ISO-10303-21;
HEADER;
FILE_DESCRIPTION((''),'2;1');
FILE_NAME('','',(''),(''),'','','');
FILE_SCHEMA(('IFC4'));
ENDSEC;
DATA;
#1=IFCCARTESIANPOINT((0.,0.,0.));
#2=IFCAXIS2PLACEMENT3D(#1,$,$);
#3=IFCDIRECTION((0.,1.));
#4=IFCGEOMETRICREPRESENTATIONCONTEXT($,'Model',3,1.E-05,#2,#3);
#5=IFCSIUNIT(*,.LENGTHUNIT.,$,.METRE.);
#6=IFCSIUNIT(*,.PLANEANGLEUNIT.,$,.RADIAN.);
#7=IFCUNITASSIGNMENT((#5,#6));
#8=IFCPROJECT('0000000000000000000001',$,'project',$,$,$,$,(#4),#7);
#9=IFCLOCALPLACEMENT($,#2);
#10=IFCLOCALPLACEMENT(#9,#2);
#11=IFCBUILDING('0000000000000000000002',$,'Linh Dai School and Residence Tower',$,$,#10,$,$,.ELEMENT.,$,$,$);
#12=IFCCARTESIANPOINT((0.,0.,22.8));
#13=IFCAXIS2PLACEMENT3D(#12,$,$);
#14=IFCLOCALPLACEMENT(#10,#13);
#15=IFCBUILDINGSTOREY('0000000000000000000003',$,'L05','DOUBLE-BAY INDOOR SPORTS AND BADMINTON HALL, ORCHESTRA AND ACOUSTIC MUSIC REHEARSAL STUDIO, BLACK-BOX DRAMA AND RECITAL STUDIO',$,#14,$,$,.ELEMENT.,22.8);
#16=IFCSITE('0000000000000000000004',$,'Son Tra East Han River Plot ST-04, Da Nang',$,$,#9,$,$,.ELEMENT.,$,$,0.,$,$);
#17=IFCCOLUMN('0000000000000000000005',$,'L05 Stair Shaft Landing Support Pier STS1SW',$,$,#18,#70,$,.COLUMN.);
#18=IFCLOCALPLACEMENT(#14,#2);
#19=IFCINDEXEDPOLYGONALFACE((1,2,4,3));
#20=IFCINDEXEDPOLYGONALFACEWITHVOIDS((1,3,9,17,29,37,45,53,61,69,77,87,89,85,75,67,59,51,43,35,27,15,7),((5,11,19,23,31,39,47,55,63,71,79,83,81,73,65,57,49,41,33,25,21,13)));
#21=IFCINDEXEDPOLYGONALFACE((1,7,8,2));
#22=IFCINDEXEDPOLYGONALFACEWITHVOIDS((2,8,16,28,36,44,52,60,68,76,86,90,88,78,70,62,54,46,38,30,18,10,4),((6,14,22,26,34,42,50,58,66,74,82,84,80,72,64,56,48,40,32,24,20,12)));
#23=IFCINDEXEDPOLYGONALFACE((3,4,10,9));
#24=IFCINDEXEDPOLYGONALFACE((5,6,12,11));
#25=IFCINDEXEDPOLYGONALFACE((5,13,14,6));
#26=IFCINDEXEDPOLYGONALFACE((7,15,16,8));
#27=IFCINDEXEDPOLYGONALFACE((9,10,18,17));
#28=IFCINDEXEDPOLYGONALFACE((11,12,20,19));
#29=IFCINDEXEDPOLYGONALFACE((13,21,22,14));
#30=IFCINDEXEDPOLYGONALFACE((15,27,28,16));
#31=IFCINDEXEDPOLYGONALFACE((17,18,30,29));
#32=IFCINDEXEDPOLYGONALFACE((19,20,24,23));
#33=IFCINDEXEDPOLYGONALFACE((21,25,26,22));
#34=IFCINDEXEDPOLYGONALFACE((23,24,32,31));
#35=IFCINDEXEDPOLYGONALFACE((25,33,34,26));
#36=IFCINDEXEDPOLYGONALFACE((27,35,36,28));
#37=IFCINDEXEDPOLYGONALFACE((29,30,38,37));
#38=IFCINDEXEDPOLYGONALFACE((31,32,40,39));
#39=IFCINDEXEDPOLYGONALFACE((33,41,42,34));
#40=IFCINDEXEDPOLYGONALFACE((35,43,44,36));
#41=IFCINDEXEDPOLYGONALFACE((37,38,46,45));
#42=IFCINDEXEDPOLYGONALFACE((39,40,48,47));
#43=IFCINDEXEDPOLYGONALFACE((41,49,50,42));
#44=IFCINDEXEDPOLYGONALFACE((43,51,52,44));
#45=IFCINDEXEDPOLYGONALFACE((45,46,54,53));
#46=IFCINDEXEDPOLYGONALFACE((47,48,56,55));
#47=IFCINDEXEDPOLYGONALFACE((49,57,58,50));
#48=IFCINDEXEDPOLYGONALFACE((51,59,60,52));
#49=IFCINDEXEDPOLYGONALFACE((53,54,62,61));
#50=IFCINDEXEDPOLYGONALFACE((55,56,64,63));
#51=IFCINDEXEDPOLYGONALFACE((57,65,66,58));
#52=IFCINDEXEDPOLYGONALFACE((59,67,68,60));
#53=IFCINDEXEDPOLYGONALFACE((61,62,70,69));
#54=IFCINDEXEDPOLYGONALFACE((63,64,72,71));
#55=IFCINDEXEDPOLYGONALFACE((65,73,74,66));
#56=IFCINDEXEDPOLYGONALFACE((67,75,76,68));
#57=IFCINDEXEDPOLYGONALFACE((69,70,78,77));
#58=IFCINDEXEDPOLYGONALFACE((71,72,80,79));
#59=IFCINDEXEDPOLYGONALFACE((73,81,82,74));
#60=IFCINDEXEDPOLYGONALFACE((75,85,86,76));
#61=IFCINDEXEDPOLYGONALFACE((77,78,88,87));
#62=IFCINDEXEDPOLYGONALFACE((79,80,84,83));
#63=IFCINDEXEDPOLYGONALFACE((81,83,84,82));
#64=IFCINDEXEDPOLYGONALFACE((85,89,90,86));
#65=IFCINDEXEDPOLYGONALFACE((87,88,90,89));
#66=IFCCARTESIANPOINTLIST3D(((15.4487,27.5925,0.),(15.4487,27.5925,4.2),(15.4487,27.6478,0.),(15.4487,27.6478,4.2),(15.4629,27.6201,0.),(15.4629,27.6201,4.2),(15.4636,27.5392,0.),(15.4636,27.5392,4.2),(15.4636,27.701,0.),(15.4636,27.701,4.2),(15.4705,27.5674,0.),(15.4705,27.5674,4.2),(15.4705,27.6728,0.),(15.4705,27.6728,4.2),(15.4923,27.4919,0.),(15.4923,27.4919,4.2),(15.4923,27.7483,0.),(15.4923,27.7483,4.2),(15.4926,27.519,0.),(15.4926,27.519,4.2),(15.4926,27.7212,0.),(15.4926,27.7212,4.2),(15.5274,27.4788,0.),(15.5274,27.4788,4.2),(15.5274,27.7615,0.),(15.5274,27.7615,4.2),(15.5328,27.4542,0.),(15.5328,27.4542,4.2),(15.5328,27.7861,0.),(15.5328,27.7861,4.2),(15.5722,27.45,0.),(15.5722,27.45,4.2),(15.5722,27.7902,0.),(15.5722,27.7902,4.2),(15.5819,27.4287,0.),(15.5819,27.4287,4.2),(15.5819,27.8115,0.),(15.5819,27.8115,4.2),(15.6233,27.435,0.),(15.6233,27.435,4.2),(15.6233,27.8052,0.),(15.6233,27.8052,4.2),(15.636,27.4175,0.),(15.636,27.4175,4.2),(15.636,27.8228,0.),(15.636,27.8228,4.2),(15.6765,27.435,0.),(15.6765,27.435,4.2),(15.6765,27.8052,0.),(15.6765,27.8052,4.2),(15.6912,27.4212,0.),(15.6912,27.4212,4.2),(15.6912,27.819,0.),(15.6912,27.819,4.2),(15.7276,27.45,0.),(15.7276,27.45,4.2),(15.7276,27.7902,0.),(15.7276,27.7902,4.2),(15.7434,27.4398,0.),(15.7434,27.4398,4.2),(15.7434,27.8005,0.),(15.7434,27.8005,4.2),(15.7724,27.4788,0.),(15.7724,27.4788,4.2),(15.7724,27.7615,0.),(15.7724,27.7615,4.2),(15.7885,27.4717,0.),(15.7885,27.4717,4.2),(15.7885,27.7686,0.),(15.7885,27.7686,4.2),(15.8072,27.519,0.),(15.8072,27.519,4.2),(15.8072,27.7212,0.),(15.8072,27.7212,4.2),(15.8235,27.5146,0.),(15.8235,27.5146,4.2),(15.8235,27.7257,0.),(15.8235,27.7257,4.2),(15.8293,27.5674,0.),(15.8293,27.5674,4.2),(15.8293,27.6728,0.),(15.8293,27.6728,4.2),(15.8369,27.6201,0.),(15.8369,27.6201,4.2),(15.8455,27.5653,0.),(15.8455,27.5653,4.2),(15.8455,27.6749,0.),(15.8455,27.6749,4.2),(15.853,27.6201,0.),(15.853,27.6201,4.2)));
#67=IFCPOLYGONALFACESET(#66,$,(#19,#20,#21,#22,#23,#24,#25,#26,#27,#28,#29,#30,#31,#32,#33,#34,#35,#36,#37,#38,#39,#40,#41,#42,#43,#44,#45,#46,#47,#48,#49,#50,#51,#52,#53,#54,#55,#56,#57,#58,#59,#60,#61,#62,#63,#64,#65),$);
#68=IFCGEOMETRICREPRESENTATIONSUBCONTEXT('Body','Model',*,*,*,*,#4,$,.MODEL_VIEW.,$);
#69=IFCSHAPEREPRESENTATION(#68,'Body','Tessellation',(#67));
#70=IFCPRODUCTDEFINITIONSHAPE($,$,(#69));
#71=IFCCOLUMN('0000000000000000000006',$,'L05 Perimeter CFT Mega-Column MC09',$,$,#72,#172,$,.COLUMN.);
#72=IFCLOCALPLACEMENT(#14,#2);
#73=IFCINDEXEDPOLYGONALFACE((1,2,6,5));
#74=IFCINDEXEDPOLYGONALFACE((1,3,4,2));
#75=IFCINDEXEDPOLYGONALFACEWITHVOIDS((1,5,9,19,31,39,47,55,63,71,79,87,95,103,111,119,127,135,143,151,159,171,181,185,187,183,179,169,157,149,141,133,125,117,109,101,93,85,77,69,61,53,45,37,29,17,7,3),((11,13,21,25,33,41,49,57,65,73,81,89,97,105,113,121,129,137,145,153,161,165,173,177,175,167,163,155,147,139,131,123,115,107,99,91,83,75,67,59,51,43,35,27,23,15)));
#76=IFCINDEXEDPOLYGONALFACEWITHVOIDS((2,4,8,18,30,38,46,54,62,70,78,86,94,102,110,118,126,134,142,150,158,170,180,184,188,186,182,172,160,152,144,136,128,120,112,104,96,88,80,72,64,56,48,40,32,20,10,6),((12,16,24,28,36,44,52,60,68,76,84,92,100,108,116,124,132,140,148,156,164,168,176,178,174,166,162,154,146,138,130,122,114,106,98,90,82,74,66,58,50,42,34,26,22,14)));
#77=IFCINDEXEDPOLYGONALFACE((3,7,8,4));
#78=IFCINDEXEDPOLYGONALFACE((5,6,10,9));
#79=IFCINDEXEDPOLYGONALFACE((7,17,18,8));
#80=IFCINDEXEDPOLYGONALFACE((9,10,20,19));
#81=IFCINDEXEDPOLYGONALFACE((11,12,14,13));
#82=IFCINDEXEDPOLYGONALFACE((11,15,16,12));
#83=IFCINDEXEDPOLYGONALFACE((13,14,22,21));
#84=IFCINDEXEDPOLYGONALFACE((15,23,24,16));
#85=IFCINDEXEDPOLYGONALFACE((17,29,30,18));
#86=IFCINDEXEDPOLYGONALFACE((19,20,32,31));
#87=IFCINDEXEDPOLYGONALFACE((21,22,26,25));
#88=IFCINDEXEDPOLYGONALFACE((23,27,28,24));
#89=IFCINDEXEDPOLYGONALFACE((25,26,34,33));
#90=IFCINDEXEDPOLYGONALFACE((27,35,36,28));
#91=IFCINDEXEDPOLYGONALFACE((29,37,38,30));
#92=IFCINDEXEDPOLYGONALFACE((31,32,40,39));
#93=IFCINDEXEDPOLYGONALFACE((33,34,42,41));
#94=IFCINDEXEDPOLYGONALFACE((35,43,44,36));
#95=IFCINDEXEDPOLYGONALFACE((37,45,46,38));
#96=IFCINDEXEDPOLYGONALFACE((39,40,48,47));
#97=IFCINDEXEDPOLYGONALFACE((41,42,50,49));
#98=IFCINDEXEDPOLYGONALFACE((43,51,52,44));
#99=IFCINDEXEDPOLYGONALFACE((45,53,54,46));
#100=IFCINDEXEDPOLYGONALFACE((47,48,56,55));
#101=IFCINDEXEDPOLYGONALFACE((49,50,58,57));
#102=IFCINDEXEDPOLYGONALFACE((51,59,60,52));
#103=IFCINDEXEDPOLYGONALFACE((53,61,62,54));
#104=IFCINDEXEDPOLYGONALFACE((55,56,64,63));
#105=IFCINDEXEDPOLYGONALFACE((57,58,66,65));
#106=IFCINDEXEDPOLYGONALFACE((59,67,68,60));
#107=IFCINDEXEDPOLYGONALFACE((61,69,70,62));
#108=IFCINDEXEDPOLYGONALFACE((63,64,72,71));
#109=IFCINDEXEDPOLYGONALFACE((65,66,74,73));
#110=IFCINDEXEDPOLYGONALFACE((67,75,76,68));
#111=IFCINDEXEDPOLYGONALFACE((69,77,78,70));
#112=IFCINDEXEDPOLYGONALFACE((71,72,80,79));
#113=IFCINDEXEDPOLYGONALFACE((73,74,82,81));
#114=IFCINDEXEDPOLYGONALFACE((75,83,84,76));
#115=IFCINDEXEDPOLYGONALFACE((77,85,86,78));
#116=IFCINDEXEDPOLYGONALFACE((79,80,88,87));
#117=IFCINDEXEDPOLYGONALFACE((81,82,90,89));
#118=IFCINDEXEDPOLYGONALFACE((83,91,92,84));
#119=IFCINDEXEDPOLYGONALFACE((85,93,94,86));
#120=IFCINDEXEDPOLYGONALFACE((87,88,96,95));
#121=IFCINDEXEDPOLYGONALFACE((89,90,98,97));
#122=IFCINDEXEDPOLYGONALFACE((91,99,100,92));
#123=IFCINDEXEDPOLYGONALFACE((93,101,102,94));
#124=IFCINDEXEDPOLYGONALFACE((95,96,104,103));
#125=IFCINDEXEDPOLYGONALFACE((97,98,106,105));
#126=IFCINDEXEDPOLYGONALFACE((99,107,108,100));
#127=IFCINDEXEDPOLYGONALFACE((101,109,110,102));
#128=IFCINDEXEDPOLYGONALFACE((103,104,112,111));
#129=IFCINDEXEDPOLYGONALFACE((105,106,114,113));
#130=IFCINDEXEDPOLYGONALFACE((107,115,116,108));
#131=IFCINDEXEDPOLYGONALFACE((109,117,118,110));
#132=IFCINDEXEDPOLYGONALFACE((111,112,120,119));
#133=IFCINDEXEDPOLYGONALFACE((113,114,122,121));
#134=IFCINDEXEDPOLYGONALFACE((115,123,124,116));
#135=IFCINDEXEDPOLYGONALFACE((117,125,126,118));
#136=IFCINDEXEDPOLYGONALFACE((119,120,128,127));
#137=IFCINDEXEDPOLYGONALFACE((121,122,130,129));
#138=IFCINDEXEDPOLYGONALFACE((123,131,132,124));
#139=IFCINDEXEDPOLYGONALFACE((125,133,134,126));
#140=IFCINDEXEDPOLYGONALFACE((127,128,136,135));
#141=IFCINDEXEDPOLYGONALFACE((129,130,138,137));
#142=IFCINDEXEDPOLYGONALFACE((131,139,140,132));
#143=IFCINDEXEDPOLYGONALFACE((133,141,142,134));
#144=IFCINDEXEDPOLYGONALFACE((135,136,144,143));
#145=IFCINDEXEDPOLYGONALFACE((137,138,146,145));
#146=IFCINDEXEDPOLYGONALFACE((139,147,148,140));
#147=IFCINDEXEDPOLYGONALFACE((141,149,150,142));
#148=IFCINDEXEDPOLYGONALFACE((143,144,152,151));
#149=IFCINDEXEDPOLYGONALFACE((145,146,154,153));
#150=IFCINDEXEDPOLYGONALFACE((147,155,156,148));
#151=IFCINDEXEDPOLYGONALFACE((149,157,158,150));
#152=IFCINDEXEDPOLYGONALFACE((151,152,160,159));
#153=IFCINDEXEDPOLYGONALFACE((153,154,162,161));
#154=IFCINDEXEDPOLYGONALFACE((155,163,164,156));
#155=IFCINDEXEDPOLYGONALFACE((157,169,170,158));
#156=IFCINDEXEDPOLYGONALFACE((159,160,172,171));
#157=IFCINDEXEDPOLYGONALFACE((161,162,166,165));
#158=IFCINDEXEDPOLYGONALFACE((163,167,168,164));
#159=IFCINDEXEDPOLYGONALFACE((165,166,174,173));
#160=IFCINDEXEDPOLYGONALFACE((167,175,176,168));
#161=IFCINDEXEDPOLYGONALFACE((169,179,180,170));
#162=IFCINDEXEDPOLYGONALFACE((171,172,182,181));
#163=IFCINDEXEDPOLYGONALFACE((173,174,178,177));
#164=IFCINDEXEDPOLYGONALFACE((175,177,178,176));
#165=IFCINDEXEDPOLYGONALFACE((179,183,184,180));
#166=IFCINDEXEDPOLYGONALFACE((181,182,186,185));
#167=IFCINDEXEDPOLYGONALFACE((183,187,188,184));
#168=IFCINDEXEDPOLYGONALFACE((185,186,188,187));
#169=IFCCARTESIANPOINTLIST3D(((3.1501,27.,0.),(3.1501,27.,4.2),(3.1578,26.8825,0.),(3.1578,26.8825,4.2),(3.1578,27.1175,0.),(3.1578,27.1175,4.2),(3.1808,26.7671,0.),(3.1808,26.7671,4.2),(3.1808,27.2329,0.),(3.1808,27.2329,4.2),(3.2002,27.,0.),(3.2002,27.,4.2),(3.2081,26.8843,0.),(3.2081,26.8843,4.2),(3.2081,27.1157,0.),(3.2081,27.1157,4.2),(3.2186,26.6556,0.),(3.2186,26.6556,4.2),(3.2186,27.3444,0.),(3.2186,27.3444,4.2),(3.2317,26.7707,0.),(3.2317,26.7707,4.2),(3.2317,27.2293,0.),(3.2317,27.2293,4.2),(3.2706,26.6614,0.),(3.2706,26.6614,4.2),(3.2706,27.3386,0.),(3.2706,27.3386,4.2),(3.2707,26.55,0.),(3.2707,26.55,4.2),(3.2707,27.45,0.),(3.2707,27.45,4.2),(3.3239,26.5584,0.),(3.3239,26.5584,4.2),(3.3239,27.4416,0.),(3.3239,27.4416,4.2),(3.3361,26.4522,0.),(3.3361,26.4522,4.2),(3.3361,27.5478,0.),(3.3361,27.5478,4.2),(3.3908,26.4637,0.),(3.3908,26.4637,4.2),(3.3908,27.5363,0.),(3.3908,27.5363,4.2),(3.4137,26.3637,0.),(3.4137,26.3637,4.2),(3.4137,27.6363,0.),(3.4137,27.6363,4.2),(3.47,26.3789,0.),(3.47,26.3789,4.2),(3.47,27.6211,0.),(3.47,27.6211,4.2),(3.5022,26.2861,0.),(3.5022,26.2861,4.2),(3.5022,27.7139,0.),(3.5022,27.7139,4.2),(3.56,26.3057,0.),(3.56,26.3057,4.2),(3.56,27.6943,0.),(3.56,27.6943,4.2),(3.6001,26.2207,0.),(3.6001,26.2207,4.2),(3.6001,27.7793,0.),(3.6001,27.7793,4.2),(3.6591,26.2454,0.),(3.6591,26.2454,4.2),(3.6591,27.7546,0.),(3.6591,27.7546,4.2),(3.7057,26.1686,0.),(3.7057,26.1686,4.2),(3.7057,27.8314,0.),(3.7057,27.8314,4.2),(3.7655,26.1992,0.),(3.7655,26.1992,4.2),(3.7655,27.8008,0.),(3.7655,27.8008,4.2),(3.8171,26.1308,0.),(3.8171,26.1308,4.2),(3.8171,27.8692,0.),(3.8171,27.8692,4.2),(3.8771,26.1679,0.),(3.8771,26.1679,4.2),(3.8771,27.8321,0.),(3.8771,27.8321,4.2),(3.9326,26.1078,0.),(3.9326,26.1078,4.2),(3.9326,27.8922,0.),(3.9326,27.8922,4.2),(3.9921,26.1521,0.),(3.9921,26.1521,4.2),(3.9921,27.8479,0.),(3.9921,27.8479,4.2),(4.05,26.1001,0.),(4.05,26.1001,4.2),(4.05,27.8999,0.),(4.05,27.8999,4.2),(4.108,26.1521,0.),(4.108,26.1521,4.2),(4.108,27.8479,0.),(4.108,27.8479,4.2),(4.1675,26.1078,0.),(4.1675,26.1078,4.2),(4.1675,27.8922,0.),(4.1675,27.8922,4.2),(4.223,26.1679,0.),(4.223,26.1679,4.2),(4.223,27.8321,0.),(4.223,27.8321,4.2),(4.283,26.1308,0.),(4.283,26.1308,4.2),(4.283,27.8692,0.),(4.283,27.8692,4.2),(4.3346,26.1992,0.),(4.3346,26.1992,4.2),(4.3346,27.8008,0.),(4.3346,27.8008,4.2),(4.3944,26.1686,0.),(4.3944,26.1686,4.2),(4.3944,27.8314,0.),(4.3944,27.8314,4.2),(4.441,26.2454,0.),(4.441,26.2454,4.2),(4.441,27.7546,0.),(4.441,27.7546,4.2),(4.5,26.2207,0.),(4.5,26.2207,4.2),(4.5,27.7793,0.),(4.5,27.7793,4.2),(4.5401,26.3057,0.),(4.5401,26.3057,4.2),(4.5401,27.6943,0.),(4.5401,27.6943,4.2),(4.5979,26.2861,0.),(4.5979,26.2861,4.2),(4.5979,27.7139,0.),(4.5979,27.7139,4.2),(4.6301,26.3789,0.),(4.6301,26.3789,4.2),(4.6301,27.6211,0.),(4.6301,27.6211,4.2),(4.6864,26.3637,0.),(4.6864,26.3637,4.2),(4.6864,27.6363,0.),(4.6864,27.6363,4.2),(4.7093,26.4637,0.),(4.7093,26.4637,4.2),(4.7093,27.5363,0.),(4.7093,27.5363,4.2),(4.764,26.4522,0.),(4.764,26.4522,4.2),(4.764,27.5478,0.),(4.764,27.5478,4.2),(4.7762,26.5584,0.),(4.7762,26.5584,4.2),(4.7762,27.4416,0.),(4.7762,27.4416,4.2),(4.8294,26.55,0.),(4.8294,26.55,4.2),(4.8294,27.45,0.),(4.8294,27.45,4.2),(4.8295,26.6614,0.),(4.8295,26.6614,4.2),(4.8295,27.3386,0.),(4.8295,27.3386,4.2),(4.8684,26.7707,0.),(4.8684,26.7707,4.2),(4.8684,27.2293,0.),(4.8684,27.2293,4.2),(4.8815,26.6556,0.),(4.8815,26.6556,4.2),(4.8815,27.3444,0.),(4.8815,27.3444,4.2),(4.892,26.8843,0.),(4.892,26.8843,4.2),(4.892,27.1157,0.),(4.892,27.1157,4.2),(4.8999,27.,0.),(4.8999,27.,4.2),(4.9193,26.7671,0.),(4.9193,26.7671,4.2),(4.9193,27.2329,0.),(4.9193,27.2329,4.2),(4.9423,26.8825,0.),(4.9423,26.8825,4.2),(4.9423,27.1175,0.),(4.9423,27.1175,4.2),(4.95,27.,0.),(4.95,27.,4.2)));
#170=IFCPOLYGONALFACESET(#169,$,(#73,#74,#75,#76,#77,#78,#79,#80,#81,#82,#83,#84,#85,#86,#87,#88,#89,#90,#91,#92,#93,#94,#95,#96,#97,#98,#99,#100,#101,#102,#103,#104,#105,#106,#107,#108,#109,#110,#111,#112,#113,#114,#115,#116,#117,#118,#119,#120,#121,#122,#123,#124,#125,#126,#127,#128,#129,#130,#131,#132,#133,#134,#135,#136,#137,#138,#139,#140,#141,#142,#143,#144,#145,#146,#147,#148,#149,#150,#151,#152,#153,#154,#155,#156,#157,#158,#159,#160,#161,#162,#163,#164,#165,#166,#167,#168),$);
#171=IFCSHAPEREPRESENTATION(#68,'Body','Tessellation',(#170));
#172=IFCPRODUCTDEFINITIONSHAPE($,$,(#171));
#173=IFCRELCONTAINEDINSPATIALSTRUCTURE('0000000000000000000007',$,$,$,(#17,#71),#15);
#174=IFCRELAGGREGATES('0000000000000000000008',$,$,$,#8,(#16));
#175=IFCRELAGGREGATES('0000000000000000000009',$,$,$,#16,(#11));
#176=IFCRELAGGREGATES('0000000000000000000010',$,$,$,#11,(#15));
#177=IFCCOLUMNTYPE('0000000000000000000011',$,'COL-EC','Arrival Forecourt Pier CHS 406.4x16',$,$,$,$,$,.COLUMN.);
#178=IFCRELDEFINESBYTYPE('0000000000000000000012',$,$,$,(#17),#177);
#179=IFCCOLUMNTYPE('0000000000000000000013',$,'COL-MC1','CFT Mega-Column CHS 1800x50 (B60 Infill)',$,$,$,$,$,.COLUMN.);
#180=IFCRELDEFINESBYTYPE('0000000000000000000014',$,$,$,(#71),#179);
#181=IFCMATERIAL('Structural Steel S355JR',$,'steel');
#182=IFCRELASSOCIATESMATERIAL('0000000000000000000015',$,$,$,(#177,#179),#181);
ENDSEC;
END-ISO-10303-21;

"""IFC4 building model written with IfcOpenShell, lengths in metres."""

from ifc_helpers import new_model, si_unit, direction, frame, origin, origin_2d, place, context, subcontext, project, spatial, hollow_circle, extrude, material, material_profile, profile_set, type_object, element, save


model = new_model("IFC4")

# Units and contexts
model_context = context("Model", 3, precision=1e-05, world=origin(), true_north=direction((0.0, 1.0)))
body_context = subcontext(model_context, "Body", "Model", "MODEL_VIEW")
ifc_project = project(units=[si_unit("LENGTHUNIT", "METRE"), si_unit("PLANEANGLEUNIT", "RADIAN")], contexts=[model_context])

# Site, building, storey
site_placement = place(None, origin())
site = spatial("IfcSite", under=ifc_project, at=site_placement, Name="Son Tra East Han River Plot ST-04, Da Nang", CompositionType="ELEMENT", RefElevation=0.0)
building_placement = place(site_placement, origin())
building = spatial("IfcBuilding", under=site, at=building_placement, Name="Linh Dai School and Residence Tower", CompositionType="ELEMENT")
storey_placement = place(building_placement, frame((0.0, 0.0, 22.8)))
storey = spatial("IfcBuildingStorey", under=building, at=storey_placement, Name="L05", Description="DOUBLE-BAY INDOOR SPORTS AND BADMINTON HALL, ORCHESTRA AND ACOUSTIC MUSIC REHEARSAL STUDIO, BLACK-BOX DRAMA AND RECITAL STUDIO", CompositionType="ELEMENT", Elevation=22.8)

# Columns
ifc_material_1 = material(Name="Structural Steel S355JR", Category="steel")
ifc_material_profile_1 = material_profile(ifc_material_1, hollow_circle(Radius=0.2031, WallThickness=0.0161, at=origin_2d()), Name="CHS 406.4x16")
ifc_profile_set_1 = profile_set([ifc_material_profile_1], Name="Structural Steel S355JR")
column_type_1 = type_object("IfcColumnType", Name="COL-EC", Description="Arrival Forecourt Pier CHS 406.4x16", PredefinedType="COLUMN", material=ifc_profile_set_1)
column_placement = place(storey_placement, frame((15.6499, 27.6201, 0.0), z_axis=(0.0, 0.0, 1.0), x_axis=(1.0, 0.0, 0.0)))
element("IfcColumn", 1, at=column_placement, inside=storey, type_object=column_type_1, Name="L05 Stair Shaft Landing Support Pier STS1SW", PredefinedType="COLUMN", context=body_context, shape_type="SweptSolid", body=[
    extrude(hollow_circle(Radius=0.2031, WallThickness=0.0161, at=origin_2d()), origin(), (0.0, 0.0, 1.0), 4.2),
])
ifc_material_profile_2 = material_profile(ifc_material_1, hollow_circle(Radius=0.8999, WallThickness=0.05, at=origin_2d()), Name="CHS 1800x50")
ifc_profile_set_2 = profile_set([ifc_material_profile_2], Name="Structural Steel S355JR")
column_type_2 = type_object("IfcColumnType", Name="COL-MC1", Description="CFT Mega-Column CHS 1800x50 (B60 Infill)", PredefinedType="COLUMN", material=ifc_profile_set_2)
for number, where, z_axis, x_axis, name in (
    (2, (4.05, 27.0, 0.0), (0.0, 0.0, 1.0), (1.0, 0.0, 0.0), "L05 Perimeter CFT Mega-Column MC09"),
):
    element("IfcColumn", number, at=place(storey_placement, frame(where, z_axis=z_axis, x_axis=x_axis)), inside=storey, type_object=column_type_2, Name=name, PredefinedType="COLUMN", context=body_context, shape_type="SweptSolid", body=[
        extrude(hollow_circle(Radius=0.8999, WallThickness=0.05, at=origin_2d()), origin(), (0.0, 0.0, 1.0), 4.2),
    ])

save(model, "model.ifc")
